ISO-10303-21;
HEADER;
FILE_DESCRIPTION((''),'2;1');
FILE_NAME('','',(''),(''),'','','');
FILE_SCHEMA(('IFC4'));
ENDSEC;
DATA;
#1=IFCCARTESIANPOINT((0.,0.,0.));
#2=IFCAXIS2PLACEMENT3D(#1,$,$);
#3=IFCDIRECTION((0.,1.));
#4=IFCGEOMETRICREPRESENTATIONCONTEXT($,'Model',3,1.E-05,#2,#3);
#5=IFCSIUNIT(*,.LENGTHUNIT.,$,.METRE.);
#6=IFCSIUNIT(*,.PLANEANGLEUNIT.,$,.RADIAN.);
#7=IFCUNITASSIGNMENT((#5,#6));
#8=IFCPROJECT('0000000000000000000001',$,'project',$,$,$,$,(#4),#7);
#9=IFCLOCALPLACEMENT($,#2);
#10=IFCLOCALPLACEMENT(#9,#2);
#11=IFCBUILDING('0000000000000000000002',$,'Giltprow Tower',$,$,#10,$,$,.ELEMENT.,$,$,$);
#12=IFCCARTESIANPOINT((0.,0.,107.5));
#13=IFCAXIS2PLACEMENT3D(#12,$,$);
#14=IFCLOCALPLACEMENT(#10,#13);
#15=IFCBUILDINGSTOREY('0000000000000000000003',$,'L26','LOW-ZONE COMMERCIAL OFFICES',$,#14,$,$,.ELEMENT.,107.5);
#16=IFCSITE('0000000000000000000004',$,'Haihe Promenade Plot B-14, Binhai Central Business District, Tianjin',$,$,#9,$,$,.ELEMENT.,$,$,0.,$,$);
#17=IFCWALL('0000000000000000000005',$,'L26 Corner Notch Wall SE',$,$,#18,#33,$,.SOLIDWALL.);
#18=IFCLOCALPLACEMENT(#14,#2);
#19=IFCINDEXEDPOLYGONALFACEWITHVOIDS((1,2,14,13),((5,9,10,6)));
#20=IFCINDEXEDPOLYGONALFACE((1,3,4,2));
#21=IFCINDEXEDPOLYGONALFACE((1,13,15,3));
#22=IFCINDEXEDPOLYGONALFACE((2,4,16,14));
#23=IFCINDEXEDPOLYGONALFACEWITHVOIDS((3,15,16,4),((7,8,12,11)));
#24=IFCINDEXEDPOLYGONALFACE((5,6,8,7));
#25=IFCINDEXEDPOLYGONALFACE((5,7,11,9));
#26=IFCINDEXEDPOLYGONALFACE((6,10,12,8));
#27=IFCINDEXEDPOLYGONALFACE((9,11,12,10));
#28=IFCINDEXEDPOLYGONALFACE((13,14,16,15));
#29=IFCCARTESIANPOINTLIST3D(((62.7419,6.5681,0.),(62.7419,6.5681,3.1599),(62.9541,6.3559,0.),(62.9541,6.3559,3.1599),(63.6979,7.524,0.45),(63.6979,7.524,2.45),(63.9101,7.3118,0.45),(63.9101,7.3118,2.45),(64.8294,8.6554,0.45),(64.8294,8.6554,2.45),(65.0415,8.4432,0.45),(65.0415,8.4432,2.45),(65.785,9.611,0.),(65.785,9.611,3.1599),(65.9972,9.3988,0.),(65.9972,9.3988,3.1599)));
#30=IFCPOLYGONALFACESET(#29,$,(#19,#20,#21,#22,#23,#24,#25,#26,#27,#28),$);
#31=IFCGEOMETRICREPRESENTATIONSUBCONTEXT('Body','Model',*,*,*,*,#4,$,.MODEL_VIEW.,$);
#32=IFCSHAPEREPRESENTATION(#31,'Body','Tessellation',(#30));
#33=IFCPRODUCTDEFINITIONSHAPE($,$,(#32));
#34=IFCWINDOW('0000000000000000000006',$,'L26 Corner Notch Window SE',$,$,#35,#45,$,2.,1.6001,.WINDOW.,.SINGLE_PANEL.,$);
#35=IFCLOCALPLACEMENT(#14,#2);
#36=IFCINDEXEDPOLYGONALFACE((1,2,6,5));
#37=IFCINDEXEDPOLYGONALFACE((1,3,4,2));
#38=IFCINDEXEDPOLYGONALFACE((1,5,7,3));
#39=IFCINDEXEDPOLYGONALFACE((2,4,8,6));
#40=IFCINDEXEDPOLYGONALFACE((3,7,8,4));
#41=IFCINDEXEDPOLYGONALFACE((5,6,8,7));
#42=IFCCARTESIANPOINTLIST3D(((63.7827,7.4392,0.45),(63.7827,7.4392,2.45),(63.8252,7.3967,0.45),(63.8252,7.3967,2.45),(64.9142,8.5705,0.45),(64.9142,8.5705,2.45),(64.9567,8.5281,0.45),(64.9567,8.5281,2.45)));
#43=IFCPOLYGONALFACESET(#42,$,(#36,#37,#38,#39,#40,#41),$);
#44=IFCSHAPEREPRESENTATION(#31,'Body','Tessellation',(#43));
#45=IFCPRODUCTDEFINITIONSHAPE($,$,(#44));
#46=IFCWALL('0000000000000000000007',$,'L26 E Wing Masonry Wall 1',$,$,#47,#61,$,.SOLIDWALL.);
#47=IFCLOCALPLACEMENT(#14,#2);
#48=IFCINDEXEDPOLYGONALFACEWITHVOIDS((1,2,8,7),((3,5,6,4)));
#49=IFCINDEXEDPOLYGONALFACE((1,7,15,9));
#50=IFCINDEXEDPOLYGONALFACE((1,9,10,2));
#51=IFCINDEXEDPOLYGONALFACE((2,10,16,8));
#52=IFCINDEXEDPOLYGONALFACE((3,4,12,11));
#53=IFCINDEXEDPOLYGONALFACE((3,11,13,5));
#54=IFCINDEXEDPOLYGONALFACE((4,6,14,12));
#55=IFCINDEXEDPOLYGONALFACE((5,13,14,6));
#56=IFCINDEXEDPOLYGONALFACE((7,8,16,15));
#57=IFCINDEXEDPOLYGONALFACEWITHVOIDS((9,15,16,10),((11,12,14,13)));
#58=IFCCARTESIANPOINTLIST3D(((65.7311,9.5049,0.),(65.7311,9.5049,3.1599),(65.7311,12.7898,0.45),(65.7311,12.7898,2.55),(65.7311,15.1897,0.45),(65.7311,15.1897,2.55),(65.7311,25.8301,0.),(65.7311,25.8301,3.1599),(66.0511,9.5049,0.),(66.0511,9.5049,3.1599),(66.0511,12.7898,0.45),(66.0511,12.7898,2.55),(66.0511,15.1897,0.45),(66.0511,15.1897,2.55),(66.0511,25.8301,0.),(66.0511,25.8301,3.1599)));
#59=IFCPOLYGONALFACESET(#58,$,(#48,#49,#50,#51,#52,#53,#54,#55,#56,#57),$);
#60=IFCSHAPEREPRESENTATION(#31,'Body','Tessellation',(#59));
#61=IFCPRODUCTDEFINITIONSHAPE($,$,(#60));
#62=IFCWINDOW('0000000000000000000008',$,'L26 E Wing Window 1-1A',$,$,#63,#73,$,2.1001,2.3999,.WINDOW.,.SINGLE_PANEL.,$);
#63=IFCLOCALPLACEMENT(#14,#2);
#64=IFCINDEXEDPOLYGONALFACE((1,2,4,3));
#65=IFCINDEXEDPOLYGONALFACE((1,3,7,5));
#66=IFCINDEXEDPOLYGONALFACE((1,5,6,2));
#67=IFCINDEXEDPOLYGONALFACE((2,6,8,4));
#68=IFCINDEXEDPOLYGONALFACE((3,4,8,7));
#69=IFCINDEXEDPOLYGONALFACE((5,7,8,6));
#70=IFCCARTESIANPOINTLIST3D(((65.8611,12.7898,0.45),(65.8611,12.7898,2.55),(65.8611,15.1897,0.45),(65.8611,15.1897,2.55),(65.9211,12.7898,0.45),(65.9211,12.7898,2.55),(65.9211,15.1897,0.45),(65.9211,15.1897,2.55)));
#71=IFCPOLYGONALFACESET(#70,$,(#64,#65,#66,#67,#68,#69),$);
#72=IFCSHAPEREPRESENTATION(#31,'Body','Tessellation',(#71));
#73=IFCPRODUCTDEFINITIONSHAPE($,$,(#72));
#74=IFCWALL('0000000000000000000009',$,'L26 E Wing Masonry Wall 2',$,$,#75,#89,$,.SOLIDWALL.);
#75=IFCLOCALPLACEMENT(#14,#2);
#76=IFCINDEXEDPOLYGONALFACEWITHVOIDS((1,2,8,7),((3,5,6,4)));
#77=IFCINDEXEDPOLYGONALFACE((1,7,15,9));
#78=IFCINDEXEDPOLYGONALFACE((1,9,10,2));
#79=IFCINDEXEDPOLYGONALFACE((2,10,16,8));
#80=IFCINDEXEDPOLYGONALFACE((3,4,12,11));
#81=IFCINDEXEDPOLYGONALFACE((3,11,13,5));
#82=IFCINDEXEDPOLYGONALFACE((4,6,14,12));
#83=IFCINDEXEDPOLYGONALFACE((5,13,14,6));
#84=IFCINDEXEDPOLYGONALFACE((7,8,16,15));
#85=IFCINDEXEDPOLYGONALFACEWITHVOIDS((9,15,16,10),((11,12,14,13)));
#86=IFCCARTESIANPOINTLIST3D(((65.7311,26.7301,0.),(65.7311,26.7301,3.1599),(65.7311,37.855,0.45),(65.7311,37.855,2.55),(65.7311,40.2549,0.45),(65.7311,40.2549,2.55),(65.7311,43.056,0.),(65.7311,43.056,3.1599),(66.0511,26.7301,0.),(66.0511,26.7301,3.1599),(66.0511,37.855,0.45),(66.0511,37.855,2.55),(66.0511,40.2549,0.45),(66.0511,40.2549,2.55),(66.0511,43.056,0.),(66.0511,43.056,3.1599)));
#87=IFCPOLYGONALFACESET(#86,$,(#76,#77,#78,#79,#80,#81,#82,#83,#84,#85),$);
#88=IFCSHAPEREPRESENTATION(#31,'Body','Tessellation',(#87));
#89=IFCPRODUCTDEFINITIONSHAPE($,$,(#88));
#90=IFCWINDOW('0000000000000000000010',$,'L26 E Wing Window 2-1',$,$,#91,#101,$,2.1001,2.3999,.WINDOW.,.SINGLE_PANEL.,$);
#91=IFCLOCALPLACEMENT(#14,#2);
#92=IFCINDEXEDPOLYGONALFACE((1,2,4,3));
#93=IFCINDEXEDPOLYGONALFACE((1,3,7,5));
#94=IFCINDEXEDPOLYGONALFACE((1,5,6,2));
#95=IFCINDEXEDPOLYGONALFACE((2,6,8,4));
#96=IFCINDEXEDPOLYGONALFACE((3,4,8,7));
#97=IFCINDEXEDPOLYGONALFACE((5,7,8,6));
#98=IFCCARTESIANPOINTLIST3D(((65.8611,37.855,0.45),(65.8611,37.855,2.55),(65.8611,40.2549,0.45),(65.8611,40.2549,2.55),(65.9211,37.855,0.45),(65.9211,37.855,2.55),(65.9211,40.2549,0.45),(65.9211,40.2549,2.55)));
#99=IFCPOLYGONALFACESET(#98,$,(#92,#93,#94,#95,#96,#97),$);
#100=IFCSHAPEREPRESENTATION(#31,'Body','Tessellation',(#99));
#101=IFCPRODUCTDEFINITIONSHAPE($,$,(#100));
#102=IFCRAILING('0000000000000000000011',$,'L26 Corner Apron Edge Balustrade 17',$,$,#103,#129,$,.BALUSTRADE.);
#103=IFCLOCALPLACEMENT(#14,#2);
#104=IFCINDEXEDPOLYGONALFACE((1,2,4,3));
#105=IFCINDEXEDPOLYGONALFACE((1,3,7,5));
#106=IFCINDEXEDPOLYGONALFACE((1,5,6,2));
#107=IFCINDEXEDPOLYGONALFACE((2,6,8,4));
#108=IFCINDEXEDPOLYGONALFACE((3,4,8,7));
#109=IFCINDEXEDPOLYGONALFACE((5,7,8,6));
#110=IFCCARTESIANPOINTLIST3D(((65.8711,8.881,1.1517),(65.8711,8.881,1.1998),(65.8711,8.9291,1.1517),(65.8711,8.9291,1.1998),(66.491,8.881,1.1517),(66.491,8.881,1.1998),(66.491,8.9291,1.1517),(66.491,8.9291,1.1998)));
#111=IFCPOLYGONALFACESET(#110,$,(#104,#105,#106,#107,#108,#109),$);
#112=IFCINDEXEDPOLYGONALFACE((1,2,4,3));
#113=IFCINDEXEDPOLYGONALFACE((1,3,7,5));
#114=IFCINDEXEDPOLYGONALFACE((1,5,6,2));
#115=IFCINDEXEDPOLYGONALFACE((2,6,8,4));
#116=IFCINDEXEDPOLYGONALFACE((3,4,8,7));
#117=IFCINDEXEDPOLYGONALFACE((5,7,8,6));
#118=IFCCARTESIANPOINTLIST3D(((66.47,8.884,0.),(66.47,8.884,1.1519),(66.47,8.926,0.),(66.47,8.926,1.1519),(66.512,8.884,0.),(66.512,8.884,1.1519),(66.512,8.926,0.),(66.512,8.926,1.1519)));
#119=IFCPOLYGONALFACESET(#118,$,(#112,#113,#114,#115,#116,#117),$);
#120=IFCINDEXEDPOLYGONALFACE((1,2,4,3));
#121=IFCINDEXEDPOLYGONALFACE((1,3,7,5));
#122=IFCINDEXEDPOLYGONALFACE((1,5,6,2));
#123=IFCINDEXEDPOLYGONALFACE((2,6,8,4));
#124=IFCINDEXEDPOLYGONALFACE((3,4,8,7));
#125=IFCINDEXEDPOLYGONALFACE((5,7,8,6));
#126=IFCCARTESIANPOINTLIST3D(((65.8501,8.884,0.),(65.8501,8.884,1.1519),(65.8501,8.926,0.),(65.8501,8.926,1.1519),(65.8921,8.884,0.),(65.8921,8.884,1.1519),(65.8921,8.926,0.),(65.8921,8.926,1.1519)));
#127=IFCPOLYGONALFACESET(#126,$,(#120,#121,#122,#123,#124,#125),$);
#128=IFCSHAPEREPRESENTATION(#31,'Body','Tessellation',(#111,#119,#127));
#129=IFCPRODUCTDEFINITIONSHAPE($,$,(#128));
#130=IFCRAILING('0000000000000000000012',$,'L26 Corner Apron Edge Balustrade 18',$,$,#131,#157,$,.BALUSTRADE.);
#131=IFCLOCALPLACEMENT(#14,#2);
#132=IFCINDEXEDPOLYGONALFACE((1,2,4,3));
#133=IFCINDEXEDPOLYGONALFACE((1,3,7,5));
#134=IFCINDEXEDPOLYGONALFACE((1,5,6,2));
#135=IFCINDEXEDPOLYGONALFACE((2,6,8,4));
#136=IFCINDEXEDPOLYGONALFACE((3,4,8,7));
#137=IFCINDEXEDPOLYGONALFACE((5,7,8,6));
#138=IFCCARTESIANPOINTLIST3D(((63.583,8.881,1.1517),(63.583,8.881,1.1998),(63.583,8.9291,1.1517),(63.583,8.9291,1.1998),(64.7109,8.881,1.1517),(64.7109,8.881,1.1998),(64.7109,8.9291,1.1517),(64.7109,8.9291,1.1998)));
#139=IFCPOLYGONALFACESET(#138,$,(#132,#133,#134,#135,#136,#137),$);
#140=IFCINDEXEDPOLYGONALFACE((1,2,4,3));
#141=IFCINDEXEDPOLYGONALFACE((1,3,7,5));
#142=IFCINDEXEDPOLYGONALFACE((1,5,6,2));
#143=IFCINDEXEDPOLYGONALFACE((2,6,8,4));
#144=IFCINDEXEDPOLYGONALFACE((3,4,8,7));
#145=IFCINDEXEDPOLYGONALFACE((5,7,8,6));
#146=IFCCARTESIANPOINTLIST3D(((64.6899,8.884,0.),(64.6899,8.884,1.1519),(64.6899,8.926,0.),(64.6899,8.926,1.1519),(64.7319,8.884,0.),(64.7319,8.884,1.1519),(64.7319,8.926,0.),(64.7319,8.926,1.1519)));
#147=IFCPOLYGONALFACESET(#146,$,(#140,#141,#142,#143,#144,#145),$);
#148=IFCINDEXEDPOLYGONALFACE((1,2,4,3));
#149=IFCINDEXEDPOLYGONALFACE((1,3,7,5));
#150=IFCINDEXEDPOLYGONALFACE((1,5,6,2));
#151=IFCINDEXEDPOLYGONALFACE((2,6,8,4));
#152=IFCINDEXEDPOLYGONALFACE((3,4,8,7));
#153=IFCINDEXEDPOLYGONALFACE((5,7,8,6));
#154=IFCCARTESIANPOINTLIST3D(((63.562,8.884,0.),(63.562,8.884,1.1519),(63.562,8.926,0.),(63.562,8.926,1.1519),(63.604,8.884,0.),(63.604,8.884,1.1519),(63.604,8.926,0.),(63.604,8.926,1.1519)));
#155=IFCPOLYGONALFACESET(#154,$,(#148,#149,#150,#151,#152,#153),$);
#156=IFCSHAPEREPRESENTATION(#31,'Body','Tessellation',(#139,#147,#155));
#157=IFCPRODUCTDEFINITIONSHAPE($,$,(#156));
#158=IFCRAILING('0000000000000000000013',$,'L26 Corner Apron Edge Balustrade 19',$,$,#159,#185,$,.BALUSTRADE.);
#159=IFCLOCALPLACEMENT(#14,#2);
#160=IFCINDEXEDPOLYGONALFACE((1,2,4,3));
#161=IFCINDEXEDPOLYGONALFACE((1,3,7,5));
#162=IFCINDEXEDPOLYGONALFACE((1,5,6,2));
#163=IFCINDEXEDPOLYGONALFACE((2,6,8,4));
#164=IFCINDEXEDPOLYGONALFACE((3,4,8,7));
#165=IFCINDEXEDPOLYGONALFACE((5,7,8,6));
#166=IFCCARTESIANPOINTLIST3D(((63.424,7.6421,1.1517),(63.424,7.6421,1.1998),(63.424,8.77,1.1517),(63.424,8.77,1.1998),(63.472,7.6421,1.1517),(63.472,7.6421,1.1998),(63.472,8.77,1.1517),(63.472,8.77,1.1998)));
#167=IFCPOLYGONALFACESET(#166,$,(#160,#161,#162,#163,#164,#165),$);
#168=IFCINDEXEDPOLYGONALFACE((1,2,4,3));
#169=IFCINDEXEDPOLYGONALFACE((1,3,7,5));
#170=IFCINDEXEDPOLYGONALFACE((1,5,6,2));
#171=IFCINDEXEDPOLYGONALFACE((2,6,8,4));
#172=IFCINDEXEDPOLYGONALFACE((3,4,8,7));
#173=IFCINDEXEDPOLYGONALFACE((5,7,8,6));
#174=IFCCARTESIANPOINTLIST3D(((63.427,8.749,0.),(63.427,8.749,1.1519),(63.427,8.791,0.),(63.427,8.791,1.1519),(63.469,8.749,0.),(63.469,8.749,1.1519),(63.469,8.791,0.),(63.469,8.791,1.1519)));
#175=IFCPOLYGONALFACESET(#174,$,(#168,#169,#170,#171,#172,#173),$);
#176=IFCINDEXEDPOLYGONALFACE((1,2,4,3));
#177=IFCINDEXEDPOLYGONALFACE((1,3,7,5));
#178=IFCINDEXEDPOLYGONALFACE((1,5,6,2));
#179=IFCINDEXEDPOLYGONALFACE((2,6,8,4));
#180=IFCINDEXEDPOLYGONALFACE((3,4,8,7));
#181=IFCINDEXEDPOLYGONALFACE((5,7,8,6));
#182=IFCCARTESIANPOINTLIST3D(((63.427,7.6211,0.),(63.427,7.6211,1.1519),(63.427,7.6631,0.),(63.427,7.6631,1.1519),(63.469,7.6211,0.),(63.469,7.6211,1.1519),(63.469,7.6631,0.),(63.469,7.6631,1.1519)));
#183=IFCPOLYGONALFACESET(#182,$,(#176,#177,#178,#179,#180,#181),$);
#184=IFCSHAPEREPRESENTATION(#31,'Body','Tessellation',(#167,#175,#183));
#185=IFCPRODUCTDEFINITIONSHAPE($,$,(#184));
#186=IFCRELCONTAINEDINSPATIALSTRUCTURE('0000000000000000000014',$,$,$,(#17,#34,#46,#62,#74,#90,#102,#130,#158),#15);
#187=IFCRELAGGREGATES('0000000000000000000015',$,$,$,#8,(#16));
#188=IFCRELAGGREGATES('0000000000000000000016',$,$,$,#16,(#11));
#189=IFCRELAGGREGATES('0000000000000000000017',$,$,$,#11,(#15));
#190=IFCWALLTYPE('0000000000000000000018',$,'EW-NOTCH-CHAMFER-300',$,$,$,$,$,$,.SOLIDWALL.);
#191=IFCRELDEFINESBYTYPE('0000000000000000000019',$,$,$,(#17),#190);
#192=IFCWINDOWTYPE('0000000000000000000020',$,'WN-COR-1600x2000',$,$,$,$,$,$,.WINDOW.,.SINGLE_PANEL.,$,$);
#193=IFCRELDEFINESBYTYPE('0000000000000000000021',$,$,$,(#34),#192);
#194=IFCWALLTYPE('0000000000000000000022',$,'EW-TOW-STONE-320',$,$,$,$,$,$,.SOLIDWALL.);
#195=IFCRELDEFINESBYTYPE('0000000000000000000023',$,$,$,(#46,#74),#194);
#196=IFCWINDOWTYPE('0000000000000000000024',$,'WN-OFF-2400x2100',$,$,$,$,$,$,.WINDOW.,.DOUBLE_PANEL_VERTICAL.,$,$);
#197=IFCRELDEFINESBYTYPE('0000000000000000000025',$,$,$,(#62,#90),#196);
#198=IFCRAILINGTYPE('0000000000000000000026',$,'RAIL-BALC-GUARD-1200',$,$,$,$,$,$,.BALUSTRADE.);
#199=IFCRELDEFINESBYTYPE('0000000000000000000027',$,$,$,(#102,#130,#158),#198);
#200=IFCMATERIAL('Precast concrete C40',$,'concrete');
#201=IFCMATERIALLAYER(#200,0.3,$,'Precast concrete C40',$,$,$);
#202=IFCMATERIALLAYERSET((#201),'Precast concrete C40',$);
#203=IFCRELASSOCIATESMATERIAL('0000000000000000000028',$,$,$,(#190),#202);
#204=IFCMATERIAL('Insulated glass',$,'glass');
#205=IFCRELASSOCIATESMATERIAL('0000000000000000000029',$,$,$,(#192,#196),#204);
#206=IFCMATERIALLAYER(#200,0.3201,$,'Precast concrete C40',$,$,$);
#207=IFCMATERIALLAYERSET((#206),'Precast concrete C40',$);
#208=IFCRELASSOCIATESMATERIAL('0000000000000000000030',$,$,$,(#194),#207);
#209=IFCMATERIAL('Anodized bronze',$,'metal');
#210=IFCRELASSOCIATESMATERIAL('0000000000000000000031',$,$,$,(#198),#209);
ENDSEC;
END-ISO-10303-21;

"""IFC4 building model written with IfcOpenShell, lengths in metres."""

from ifc_helpers import new_model, si_unit, direction, frame, frame_2d, origin, origin_2d, place, context, subcontext, project, spatial, rectangle, extrude, source, transform, mapped, material, layer, layer_set, type_object, element, fill, save


model = new_model("IFC4")

# Units and contexts
model_context = context("Model", 3, precision=1e-05, world=origin(), true_north=direction((0.0, 1.0)))
body_context = subcontext(model_context, "Body", "Model", "MODEL_VIEW")
ifc_project = project(units=[si_unit("LENGTHUNIT", "METRE"), si_unit("PLANEANGLEUNIT", "RADIAN")], contexts=[model_context])

# Site, building, storey
site_placement = place(None, origin())
site = spatial("IfcSite", under=ifc_project, at=site_placement, Name="Haihe Promenade Plot B-14, Binhai Central Business District, Tianjin", CompositionType="ELEMENT", RefElevation=0.0)
building_placement = place(site_placement, origin())
building = spatial("IfcBuilding", under=site, at=building_placement, Name="Giltprow Tower", CompositionType="ELEMENT")
storey_placement = place(building_placement, frame((0.0, 0.0, 107.5)))
storey = spatial("IfcBuildingStorey", under=building, at=storey_placement, Name="L26", Description="LOW-ZONE COMMERCIAL OFFICES", CompositionType="ELEMENT", Elevation=107.5)

# Shared definitions
ifc_material_1 = material(Name="Anodized bronze", Category="metal")

# Shared definitions
ifc_material_2 = material(Name="Insulated glass", Category="glass")

# Walls, openings, windows
ifc_material_3 = material(Name="Precast concrete C40", Category="concrete")
ifc_layer_1 = layer(ifc_material_3, 0.3, Name="Precast concrete C40")
ifc_layer_set_1 = layer_set([ifc_layer_1], Name="Precast concrete C40")
wall_type_1 = type_object("IfcWallType", Name="EW-NOTCH-CHAMFER-300", PredefinedType="SOLIDWALL", material=ifc_layer_set_1)
wall_1_placement = place(storey_placement, frame((62.8479, 6.4619, 0.0), z_axis=(0.0, 0.0, 1.0), x_axis=(0.707135, 0.707078, 0.0)))
wall_1 = element("IfcWall", 1, at=wall_1_placement, inside=storey, type_object=wall_type_1, Name="L26 Corner Notch Wall SE", PredefinedType="SOLIDWALL", context=body_context, shape_type="SweptSolid", body=[
    extrude(rectangle(XDim=4.3035, YDim=0.3, at=frame_2d((2.1519, 0.0))), origin(), (0.0, 0.0, 1.0), 3.1599),
])
opening_1_placement = place(wall_1_placement, frame((1.3521, 0.0, 0.45)))
opening_1 = element("IfcOpeningElement", 2, at=opening_1_placement, cuts=wall_1, PredefinedType="OPENING", context=body_context, shape_type="SweptSolid", body=[
    extrude(rectangle(XDim=1.6001, YDim=2.0, at=frame_2d((0.8, 1.0))), frame((0.0, 0.1599, 0.0), z_axis=(0.0, -1.0, 0.0), x_axis=(1.0, 0.0, 0.0)), (0.0, 0.0, 1.0), 0.3201),
])
window_type_1 = type_object("IfcWindowType", Name="WN-COR-1600x2000", PartitioningType="SINGLE_PANEL", PredefinedType="WINDOW", material=ifc_material_2)
shared_shape_1 = source(origin(), body_context, "Body", "SweptSolid", [
    extrude(rectangle(XDim=1.6001, YDim=2.0, at=frame_2d((0.8, 1.0))), frame((0.0, 0.03, 0.0), z_axis=(0.0, -1.0, 0.0), x_axis=(1.0, 0.0, 0.0)), (0.0, 0.0, 1.0), 0.0601),
])
window_1_placement = place(opening_1_placement, origin())
window_1 = element("IfcWindow", 3, at=window_1_placement, inside=storey, type_object=window_type_1, Name="L26 Corner Notch Window SE", OverallHeight=2.0, OverallWidth=1.6001, PartitioningType="SINGLE_PANEL", PredefinedType="WINDOW", context=body_context, shape_type="MappedRepresentation", body=[
    mapped(shared_shape_1, transform((0.0, 0.0, 0.0), x_axis=(1.0, 0.0, 0.0), y_axis=(0.0, 1.0, 0.0), z_axis=(0.0, 0.0, 1.0), scale=1.0)),
])
fill(opening_1, window_1)
ifc_layer_2 = layer(ifc_material_3, 0.3201, Name="Precast concrete C40")
ifc_layer_set_2 = layer_set([ifc_layer_2], Name="Precast concrete C40")
wall_type_2 = type_object("IfcWallType", Name="EW-TOW-STONE-320", PredefinedType="SOLIDWALL", material=ifc_layer_set_2)
wall_2_placement = place(storey_placement, frame((65.8911, 9.5049, 0.0), z_axis=(0.0, 0.0, 1.0), x_axis=(0.0, 1.0, 0.0)))
wall_2 = element("IfcWall", 4, at=wall_2_placement, inside=storey, type_object=wall_type_2, Name="L26 E Wing Masonry Wall 1", PredefinedType="SOLIDWALL", context=body_context, shape_type="SweptSolid", body=[
    extrude(rectangle(XDim=16.3252, YDim=0.3201, at=frame_2d((8.1626, 0.0))), origin(), (0.0, 0.0, 1.0), 3.1599),
])
opening_2_placement = place(wall_2_placement, frame((3.2849, 0.0, 0.45)))
opening_2 = element("IfcOpeningElement", 5, at=opening_2_placement, cuts=wall_2, PredefinedType="OPENING", context=body_context, shape_type="SweptSolid", body=[
    extrude(rectangle(XDim=2.3999, YDim=2.1001, at=frame_2d((1.2, 1.05))), frame((0.0, 0.1699, 0.0), z_axis=(0.0, -1.0, 0.0), x_axis=(1.0, 0.0, 0.0)), (0.0, 0.0, 1.0), 0.3401),
])
window_type_2 = type_object("IfcWindowType", Name="WN-OFF-2400x2100", PartitioningType="DOUBLE_PANEL_VERTICAL", PredefinedType="WINDOW", material=ifc_material_2)
shared_shape_2 = source(origin(), body_context, "Body", "SweptSolid", [
    extrude(rectangle(XDim=2.3999, YDim=2.1001, at=frame_2d((1.2, 1.05))), frame((0.0, 0.03, 0.0), z_axis=(0.0, -1.0, 0.0), x_axis=(1.0, 0.0, 0.0)), (0.0, 0.0, 1.0), 0.0601),
])
window_2_placement = place(opening_2_placement, origin())
window_2 = element("IfcWindow", 6, at=window_2_placement, inside=storey, type_object=window_type_2, Name="L26 E Wing Window 1-1A", OverallHeight=2.1001, OverallWidth=2.3999, PartitioningType="SINGLE_PANEL", PredefinedType="WINDOW", context=body_context, shape_type="MappedRepresentation", body=[
    mapped(shared_shape_2, transform((0.0, 0.0, 0.0), x_axis=(1.0, 0.0, 0.0), y_axis=(0.0, 1.0, 0.0), z_axis=(0.0, 0.0, 1.0), scale=1.0)),
])
fill(opening_2, window_2)
wall_3_placement = place(storey_placement, frame((65.8911, 26.73, 0.0), z_axis=(0.0, 0.0, 1.0), x_axis=(0.0, 1.0, 0.0)))
wall_3 = element("IfcWall", 7, at=wall_3_placement, inside=storey, type_object=wall_type_2, Name="L26 E Wing Masonry Wall 2", PredefinedType="SOLIDWALL", context=body_context, shape_type="SweptSolid", body=[
    extrude(rectangle(XDim=16.3259, YDim=0.3201, at=frame_2d((8.1631, 0.0))), origin(), (0.0, 0.0, 1.0), 3.1599),
])
opening_3_placement = place(wall_3_placement, frame((11.125, 0.0, 0.45)))
opening_3 = element("IfcOpeningElement", 8, at=opening_3_placement, cuts=wall_3, PredefinedType="OPENING", context=body_context, shape_type="SweptSolid", body=[
    extrude(rectangle(XDim=2.3999, YDim=2.1001, at=frame_2d((1.2, 1.05))), frame((0.0, 0.1699, 0.0), z_axis=(0.0, -1.0, 0.0), x_axis=(1.0, 0.0, 0.0)), (0.0, 0.0, 1.0), 0.3401),
])
window_3_placement = place(opening_3_placement, origin())
window_3 = element("IfcWindow", 9, at=window_3_placement, inside=storey, type_object=window_type_2, Name="L26 E Wing Window 2-1", OverallHeight=2.1001, OverallWidth=2.3999, PartitioningType="SINGLE_PANEL", PredefinedType="WINDOW", context=body_context, shape_type="MappedRepresentation", body=[
    mapped(shared_shape_2, transform((0.0, 0.0, 0.0), x_axis=(1.0, 0.0, 0.0), y_axis=(0.0, 1.0, 0.0), z_axis=(0.0, 0.0, 1.0), scale=1.0)),
])
fill(opening_3, window_3)

# Railings
railing_type = type_object("IfcRailingType", Name="RAIL-BALC-GUARD-1200", PredefinedType="BALUSTRADE", material=ifc_material_1)
railing_1_placement = place(storey_placement, frame((66.491, 8.905, 0.0)))
element("IfcRailing", 10, at=railing_1_placement, inside=storey, type_object=railing_type, Name="L26 Corner Apron Edge Balustrade 17", PredefinedType="BALUSTRADE", context=body_context, shape_type="SweptSolid", body=[
    extrude(rectangle(XDim=0.0481, YDim=0.0481, at=origin_2d()), frame((0.0, 0.0, 1.1758), z_axis=(-1.0, 0.0, 0.0), x_axis=(0.0, -1.0, 0.0)), (0.0, 0.0, 1.0), 0.6199),
    extrude(rectangle(XDim=0.042, YDim=0.042, at=origin_2d()), origin(), (0.0, 0.0, 1.0), 1.1519),
    extrude(rectangle(XDim=0.042, YDim=0.042, at=origin_2d()), frame((-0.6199, 0.0, 0.0)), (0.0, 0.0, 1.0), 1.1519),
])
railing_2_placement = place(storey_placement, frame((64.7109, 8.905, 0.0)))
element("IfcRailing", 11, at=railing_2_placement, inside=storey, type_object=railing_type, Name="L26 Corner Apron Edge Balustrade 18", PredefinedType="BALUSTRADE", context=body_context, shape_type="SweptSolid", body=[
    extrude(rectangle(XDim=0.0481, YDim=0.0481, at=origin_2d()), frame((0.0, 0.0, 1.1758), z_axis=(-1.0, 0.0, 0.0), x_axis=(0.0, -1.0, 0.0)), (0.0, 0.0, 1.0), 1.1279),
    extrude(rectangle(XDim=0.042, YDim=0.042, at=origin_2d()), origin(), (0.0, 0.0, 1.0), 1.1519),
    extrude(rectangle(XDim=0.042, YDim=0.042, at=origin_2d()), frame((-1.1279, 0.0, 0.0)), (0.0, 0.0, 1.0), 1.1519),
])
railing_3_placement = place(storey_placement, frame((63.448, 8.77, 0.0)))
element("IfcRailing", 12, at=railing_3_placement, inside=storey, type_object=railing_type, Name="L26 Corner Apron Edge Balustrade 19", PredefinedType="BALUSTRADE", context=body_context, shape_type="SweptSolid", body=[
    extrude(rectangle(XDim=0.0481, YDim=0.0481, at=origin_2d()), frame((0.0, 0.0, 1.1758), z_axis=(0.0, -1.0, 0.0), x_axis=(1.0, 0.0, 0.0)), (0.0, 0.0, 1.0), 1.1279),
    extrude(rectangle(XDim=0.042, YDim=0.042, at=origin_2d()), origin(), (0.0, 0.0, 1.0), 1.1519),
    extrude(rectangle(XDim=0.042, YDim=0.042, at=origin_2d()), frame((0.0, -1.1279, 0.0)), (0.0, 0.0, 1.0), 1.1519),
])

save(model, "model.ifc")
